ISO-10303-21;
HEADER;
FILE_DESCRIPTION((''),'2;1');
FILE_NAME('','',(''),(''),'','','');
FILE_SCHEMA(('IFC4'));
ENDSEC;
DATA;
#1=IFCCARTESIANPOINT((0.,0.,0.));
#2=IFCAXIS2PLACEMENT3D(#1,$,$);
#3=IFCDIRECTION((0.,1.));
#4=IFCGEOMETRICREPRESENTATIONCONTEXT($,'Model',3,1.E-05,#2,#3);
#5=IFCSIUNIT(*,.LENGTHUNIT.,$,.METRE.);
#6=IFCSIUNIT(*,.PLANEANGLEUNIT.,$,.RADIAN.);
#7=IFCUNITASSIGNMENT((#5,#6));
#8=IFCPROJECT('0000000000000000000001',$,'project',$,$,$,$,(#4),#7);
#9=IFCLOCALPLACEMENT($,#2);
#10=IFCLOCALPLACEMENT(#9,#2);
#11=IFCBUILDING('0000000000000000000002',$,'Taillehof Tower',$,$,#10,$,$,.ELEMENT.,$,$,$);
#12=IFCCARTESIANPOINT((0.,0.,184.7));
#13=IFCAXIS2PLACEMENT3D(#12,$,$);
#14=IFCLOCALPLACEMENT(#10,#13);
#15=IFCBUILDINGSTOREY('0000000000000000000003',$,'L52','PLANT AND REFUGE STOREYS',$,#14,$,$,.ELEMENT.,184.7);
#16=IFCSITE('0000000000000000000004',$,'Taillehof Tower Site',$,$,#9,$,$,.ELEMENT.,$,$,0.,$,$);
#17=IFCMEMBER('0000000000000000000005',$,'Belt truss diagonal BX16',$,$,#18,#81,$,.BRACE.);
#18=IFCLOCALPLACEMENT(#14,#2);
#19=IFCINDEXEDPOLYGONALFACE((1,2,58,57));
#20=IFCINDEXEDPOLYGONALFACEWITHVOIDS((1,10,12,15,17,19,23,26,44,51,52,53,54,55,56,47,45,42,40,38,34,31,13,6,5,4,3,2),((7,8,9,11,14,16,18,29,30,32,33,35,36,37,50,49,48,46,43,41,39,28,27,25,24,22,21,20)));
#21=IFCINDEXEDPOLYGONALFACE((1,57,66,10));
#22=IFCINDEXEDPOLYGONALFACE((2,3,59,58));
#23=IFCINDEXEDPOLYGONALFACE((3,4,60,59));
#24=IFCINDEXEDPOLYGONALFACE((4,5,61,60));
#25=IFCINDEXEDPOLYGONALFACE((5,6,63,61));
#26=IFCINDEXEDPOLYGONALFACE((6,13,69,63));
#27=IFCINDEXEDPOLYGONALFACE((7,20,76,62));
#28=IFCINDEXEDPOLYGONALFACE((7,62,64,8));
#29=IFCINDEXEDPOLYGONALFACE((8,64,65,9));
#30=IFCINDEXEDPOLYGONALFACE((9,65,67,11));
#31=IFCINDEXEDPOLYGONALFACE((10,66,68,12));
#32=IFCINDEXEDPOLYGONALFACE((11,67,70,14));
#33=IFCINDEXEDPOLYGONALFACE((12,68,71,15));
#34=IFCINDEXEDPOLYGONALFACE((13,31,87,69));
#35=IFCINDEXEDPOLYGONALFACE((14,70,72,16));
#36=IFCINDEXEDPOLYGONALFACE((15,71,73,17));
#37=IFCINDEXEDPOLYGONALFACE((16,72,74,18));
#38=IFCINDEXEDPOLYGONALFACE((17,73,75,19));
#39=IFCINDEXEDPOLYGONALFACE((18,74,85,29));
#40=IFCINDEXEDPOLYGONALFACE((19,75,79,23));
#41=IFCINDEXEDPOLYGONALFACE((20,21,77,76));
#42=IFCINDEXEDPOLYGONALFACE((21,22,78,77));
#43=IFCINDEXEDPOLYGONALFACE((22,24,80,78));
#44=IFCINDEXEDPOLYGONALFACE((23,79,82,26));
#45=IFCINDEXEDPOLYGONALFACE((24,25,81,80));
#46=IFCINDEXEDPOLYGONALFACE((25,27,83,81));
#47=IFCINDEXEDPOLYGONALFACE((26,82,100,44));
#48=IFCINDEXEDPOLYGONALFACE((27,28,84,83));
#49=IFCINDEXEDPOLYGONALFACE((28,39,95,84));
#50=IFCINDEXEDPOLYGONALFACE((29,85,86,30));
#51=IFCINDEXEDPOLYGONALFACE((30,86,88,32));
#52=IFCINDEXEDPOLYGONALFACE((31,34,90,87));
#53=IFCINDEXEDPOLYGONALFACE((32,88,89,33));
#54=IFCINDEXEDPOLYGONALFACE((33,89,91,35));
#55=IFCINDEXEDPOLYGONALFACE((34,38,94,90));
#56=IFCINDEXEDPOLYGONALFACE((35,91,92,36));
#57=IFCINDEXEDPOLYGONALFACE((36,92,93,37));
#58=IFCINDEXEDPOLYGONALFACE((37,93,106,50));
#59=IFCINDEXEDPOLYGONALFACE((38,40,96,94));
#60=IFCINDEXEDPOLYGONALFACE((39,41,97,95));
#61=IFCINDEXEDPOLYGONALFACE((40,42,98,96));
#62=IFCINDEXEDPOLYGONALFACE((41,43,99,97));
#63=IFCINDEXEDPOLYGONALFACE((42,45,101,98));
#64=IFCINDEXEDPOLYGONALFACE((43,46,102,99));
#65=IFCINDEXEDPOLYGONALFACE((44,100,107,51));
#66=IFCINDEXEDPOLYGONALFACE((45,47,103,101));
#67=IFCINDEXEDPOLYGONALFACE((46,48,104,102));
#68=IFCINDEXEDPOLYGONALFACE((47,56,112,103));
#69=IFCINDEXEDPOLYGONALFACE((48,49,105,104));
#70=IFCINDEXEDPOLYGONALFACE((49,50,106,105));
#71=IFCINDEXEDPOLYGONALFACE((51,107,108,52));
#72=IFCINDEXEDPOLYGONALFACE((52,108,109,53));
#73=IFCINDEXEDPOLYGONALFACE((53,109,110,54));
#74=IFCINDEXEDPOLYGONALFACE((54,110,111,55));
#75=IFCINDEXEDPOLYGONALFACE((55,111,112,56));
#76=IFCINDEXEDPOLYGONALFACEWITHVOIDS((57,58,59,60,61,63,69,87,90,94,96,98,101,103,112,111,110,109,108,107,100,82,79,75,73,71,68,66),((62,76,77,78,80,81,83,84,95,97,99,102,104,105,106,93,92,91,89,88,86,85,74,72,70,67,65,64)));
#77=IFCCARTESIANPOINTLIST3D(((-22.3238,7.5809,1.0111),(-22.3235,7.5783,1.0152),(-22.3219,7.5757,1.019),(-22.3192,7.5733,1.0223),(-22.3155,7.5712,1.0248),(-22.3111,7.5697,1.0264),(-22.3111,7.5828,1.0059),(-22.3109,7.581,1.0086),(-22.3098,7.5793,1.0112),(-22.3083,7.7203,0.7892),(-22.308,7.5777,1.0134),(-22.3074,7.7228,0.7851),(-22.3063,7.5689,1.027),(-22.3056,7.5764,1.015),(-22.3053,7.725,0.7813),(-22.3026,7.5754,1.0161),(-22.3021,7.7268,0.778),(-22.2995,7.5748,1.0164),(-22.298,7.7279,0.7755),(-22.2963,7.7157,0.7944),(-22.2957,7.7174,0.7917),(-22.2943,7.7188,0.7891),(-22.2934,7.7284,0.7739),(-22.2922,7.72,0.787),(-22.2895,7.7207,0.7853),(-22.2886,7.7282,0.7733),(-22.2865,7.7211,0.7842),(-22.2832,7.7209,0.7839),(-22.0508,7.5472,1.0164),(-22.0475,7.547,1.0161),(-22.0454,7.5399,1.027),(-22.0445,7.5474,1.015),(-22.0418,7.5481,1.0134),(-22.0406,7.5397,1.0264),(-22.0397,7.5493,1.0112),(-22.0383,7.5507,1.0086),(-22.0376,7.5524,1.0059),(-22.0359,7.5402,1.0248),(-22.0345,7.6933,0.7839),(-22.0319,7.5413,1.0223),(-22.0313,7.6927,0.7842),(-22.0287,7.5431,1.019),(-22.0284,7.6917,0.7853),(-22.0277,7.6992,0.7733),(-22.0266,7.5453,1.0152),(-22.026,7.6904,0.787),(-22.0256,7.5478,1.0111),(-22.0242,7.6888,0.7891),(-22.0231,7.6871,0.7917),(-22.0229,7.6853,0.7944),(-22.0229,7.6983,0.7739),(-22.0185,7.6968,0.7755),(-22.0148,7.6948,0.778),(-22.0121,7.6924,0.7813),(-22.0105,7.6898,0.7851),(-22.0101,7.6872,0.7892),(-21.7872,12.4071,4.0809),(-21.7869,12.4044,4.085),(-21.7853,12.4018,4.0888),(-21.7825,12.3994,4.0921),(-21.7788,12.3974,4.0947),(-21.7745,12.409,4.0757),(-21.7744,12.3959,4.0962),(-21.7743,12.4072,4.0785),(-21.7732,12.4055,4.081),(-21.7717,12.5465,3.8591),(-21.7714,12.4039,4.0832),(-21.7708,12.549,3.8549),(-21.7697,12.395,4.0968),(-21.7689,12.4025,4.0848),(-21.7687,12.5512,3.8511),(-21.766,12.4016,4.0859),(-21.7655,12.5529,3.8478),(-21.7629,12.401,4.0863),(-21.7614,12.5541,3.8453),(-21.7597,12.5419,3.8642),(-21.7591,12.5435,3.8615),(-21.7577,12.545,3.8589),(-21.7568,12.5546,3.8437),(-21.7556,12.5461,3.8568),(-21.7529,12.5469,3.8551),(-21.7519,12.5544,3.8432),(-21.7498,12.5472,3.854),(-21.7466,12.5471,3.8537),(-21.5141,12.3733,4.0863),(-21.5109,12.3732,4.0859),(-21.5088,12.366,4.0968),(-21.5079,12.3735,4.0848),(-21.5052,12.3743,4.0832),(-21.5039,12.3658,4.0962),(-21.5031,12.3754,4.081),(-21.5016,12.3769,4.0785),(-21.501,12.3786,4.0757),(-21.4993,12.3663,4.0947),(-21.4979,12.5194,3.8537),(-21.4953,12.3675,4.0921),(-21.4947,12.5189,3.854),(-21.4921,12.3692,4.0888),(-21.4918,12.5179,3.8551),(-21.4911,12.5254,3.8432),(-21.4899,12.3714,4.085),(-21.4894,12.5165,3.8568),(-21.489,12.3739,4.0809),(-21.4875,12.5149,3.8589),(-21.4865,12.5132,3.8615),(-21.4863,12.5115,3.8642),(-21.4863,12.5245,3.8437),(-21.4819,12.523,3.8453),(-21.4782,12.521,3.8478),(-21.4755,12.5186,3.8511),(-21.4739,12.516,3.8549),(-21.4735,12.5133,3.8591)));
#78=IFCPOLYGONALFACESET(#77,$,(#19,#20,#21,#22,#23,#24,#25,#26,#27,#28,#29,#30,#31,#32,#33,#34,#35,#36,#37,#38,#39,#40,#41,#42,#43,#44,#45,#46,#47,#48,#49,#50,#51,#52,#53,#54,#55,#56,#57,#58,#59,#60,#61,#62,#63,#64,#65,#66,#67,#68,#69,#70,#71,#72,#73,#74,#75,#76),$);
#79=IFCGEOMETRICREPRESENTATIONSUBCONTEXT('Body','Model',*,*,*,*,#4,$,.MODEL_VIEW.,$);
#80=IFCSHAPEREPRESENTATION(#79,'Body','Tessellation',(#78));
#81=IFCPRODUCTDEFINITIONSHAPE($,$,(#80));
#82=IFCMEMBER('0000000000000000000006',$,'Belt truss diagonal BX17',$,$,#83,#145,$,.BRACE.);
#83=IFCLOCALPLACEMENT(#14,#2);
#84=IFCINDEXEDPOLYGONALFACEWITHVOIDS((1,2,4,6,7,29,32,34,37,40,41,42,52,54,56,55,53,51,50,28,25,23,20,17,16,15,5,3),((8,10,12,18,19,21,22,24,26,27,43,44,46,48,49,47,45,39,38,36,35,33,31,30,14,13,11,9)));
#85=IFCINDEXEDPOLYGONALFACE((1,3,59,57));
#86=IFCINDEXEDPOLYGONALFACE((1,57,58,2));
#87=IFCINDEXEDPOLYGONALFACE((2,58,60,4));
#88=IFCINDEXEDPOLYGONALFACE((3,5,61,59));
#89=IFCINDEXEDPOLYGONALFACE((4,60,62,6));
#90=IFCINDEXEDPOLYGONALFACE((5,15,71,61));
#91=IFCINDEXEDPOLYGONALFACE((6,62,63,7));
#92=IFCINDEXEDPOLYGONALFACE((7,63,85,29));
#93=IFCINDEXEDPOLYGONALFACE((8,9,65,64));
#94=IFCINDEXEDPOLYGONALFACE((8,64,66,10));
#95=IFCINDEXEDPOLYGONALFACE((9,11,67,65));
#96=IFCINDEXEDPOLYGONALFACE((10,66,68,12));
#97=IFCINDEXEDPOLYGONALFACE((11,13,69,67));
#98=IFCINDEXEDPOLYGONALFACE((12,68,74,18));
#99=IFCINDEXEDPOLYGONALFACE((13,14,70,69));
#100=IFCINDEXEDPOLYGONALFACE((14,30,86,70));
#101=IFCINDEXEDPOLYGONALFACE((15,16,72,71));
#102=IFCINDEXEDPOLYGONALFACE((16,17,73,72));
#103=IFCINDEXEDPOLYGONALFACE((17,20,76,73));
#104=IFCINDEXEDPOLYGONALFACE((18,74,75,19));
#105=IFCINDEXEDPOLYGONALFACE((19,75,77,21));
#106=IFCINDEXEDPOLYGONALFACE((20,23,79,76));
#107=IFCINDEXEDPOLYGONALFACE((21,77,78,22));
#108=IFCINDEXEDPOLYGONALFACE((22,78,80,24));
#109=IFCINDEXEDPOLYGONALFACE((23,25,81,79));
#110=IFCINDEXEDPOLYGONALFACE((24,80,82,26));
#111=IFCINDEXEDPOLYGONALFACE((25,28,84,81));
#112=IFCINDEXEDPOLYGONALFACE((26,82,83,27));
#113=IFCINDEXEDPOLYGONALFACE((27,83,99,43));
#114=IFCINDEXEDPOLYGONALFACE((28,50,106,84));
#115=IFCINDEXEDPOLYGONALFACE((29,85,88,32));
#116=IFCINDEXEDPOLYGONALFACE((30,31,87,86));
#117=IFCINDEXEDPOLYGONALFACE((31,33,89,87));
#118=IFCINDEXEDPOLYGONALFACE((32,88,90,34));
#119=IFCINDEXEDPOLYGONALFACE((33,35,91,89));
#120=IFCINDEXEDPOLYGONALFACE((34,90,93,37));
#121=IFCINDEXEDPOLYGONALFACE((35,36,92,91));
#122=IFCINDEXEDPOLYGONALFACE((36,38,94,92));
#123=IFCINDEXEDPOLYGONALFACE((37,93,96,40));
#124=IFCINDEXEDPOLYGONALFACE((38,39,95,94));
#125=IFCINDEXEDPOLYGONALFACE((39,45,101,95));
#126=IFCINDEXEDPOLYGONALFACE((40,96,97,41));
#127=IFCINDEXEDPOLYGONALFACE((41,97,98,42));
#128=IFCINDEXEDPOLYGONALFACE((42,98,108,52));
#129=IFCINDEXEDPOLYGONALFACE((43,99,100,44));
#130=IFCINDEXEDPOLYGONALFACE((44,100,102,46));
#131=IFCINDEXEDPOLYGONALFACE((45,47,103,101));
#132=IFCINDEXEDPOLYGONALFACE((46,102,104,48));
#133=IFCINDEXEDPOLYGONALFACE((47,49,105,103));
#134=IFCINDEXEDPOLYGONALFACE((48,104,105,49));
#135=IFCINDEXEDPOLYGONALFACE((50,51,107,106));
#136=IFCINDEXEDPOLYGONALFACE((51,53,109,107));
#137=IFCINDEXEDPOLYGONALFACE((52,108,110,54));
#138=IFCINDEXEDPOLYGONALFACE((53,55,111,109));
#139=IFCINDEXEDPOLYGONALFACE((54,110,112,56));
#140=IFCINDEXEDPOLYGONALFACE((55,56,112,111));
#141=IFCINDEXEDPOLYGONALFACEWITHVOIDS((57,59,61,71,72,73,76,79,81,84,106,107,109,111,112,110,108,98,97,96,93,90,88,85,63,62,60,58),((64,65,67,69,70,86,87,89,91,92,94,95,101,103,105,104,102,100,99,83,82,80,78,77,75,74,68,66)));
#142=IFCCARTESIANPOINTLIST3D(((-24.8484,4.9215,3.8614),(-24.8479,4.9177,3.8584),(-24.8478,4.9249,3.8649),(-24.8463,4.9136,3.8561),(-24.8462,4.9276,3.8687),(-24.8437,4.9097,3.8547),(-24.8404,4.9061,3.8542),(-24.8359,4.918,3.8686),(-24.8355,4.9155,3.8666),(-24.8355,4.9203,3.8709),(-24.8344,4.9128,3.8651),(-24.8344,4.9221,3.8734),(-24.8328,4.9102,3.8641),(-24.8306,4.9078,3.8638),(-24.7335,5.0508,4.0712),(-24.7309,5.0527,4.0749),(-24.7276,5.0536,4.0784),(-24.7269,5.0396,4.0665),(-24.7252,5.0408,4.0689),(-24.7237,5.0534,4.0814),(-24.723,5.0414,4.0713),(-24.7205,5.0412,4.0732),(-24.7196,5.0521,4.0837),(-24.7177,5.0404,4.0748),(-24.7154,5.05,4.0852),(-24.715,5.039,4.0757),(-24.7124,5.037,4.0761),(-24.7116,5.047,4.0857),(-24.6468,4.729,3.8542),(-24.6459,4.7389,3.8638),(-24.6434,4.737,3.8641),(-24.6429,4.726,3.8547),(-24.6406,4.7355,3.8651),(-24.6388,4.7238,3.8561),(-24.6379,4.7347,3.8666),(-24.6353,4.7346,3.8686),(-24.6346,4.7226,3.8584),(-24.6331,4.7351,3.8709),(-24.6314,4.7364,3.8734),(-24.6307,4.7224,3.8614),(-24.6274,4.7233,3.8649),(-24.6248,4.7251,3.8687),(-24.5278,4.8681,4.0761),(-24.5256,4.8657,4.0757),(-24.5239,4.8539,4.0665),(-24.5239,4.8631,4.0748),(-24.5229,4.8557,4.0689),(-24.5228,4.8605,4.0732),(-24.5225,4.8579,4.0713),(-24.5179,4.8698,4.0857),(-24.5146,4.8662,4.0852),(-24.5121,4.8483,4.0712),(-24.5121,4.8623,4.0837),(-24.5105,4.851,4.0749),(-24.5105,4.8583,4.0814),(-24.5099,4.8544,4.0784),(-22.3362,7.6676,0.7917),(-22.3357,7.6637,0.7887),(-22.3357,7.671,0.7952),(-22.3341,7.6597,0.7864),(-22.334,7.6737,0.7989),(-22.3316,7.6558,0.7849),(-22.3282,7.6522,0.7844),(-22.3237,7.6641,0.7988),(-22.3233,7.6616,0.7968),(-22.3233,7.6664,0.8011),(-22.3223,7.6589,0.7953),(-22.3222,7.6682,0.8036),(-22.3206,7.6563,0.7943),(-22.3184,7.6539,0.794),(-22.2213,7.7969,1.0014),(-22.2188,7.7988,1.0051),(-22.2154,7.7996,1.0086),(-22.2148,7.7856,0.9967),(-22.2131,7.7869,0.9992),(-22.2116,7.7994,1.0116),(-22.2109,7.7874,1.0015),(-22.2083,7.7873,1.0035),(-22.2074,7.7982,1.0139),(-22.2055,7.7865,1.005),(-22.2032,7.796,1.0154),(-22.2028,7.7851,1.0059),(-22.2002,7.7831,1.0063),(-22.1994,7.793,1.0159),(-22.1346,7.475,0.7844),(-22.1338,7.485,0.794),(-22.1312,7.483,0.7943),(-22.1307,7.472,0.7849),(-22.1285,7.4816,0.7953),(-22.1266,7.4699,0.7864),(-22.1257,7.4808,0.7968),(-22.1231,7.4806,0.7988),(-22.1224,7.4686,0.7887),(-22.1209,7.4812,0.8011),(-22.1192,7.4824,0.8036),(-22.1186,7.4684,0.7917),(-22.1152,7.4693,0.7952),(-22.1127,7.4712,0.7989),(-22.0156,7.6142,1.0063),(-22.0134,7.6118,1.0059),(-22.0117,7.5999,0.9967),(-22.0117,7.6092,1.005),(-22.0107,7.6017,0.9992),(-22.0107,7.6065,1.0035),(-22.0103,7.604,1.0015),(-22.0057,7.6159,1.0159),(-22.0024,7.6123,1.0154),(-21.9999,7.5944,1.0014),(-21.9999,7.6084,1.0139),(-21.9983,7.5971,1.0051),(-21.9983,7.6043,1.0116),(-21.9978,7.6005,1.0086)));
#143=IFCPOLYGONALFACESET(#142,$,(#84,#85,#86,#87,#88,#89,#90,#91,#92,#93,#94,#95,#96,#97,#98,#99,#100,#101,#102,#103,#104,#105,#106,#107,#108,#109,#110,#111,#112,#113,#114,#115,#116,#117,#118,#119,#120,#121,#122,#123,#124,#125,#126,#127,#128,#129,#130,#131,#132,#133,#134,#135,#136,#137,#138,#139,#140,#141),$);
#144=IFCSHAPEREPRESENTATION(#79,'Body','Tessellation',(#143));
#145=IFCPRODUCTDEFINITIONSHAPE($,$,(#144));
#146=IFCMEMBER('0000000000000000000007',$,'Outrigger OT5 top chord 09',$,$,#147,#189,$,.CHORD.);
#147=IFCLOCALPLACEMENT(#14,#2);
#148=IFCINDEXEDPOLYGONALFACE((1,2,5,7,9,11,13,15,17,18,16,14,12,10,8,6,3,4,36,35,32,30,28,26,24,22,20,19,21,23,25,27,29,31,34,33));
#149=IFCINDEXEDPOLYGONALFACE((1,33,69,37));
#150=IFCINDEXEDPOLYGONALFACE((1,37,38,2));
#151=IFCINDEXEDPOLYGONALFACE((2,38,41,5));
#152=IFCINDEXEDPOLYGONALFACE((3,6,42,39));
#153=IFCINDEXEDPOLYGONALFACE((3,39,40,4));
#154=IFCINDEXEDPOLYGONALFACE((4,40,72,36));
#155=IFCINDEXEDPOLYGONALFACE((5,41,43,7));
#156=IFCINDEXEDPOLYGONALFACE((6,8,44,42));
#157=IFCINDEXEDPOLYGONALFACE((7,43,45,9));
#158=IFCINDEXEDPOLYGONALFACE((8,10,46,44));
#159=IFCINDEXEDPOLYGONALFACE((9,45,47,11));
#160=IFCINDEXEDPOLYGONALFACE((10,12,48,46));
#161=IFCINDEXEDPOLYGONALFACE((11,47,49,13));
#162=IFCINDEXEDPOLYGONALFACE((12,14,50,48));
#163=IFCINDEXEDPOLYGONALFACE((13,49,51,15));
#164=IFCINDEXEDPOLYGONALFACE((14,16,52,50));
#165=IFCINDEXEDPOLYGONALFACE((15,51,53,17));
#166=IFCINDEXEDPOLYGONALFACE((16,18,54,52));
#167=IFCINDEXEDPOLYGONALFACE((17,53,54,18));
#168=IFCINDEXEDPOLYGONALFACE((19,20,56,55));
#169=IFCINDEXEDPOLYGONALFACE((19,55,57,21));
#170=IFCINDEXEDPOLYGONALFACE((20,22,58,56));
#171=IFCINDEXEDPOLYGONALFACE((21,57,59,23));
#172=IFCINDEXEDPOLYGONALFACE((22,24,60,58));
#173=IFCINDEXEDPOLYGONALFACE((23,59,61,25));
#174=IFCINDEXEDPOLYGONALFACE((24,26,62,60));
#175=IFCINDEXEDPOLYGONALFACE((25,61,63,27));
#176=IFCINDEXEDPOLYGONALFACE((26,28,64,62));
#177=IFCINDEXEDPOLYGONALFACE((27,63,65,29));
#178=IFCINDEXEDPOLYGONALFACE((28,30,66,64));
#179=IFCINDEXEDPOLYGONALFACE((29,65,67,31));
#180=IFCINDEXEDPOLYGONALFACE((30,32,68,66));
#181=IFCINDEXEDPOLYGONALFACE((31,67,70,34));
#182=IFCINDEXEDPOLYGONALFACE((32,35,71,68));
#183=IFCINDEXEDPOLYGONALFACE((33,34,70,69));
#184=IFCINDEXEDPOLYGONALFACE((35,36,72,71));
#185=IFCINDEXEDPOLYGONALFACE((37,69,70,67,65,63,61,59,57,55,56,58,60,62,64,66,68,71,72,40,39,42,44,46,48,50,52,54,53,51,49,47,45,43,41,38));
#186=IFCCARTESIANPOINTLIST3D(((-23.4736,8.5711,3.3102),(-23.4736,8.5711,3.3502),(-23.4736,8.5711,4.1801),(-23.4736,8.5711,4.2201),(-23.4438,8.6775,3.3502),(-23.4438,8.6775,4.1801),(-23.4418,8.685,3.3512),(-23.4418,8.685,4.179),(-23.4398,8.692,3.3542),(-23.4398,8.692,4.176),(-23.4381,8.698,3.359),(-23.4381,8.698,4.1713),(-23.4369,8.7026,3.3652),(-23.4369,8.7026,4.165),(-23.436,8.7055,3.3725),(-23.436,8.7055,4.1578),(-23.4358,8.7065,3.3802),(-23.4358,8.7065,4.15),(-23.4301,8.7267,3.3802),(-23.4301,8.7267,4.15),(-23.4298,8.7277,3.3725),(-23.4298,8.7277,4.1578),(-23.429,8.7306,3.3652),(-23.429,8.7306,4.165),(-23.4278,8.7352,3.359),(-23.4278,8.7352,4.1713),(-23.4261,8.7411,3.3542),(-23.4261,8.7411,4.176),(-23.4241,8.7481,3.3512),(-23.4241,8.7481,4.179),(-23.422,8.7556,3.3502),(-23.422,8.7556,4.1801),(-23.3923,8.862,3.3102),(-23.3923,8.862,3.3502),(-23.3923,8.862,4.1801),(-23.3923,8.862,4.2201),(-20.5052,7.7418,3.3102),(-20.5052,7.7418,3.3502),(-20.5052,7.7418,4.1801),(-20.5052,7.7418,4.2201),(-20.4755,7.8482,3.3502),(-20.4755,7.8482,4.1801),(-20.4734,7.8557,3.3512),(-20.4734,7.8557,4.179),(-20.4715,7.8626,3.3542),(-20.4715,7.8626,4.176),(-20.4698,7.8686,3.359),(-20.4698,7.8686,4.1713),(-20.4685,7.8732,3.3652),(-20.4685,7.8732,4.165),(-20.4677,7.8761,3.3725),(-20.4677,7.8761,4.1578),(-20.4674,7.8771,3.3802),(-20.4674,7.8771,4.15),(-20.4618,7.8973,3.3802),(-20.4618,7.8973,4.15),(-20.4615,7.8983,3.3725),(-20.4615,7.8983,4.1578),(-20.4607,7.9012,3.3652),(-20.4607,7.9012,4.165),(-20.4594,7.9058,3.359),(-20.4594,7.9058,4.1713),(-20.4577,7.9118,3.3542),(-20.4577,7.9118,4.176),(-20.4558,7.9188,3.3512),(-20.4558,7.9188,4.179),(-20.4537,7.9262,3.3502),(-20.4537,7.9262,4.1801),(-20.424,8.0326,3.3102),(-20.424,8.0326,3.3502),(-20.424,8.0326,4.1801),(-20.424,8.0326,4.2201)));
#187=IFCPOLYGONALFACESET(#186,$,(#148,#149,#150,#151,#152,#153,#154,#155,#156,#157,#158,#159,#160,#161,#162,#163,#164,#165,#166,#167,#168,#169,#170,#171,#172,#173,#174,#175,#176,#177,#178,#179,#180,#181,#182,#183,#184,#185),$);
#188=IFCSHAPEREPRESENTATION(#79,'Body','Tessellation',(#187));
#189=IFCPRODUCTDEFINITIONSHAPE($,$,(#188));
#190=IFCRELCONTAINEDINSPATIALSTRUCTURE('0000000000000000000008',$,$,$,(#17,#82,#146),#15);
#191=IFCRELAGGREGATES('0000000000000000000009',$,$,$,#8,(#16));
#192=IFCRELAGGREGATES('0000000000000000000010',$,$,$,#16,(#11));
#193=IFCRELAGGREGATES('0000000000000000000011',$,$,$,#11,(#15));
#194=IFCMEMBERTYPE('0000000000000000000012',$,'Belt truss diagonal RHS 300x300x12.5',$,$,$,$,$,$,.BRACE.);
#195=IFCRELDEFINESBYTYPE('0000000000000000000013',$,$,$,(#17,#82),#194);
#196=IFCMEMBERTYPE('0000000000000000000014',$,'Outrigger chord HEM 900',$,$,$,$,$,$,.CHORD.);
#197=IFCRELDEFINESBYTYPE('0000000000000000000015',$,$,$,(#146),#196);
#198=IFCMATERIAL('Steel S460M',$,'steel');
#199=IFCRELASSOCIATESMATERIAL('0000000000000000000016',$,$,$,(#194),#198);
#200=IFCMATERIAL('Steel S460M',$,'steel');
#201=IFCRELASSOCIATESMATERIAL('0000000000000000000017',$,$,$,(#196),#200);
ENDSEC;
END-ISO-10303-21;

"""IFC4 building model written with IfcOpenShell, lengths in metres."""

from ifc_helpers import new_model, si_unit, direction, frame, origin, origin_2d, place, context, subcontext, project, spatial, hollow_rectangle, i_section, extrude, material, material_profile, profile_set, type_object, element, save


model = new_model("IFC4")

# Units and contexts
model_context = context("Model", 3, precision=1e-05, world=origin(), true_north=direction((0.0, 1.0)))
body_context = subcontext(model_context, "Body", "Model", "MODEL_VIEW")
ifc_project = project(units=[si_unit("LENGTHUNIT", "METRE"), si_unit("PLANEANGLEUNIT", "RADIAN")], contexts=[model_context])

# Site, building, storey
site_placement = place(None, origin())
site = spatial("IfcSite", under=ifc_project, at=site_placement, Name="Taillehof Tower Site", CompositionType="ELEMENT", RefElevation=0.0)
building_placement = place(site_placement, origin())
building = spatial("IfcBuilding", under=site, at=building_placement, Name="Taillehof Tower", CompositionType="ELEMENT")
storey_placement = place(building_placement, frame((0.0, 0.0, 184.7)))
storey = spatial("IfcBuildingStorey", under=building, at=storey_placement, Name="L52", Description="PLANT AND REFUGE STOREYS", CompositionType="ELEMENT", Elevation=184.7)

# Members
ifc_material_1 = material(Name="Steel S460M", Category="steel")
ifc_material_profile_1 = material_profile(ifc_material_1, hollow_rectangle(XDim=0.3, YDim=0.3, WallThickness=0.0125, InnerFilletRadius=0.0125, OuterFilletRadius=0.0188, at=origin_2d()), Name="RHS 300x300x12.5")
ifc_profile_set_1 = profile_set([ifc_material_profile_1], Name="Steel S460M")
member_type_1 = type_object("IfcMemberType", Name="Belt truss diagonal RHS 300x300x12.5", PredefinedType="BRACE", material=ifc_profile_set_1)
member_1_placement = place(storey_placement, frame((-21.6304, 12.4602, 3.97), z_axis=(-0.093408, -0.840081, -0.534358), x_axis=(0.993875, -0.110509, 0.0)))
element("IfcMember", 1, at=member_1_placement, inside=storey, type_object=member_type_1, Name="Belt truss diagonal BX16", PredefinedType="BRACE", context=body_context, shape_type="SweptSolid", body=[
    extrude(hollow_rectangle(XDim=0.3, YDim=0.3, WallThickness=0.0125, InnerFilletRadius=0.0125, OuterFilletRadius=0.0188, at=origin_2d()), origin(), (0.0, 0.0, 1.0), 5.7449),
])
member_2_placement = place(storey_placement, frame((-22.167, 7.634, 0.9001), z_axis=(-0.520716, -0.569195, 0.636296), x_axis=(0.737829, -0.674988, 0.0)))
element("IfcMember", 2, at=member_2_placement, inside=storey, type_object=member_type_1, Name="Belt truss diagonal BX17", PredefinedType="BRACE", context=body_context, shape_type="SweptSolid", body=[
    extrude(hollow_rectangle(XDim=0.3, YDim=0.3, WallThickness=0.0125, InnerFilletRadius=0.0125, OuterFilletRadius=0.0188, at=origin_2d()), origin(), (0.0, 0.0, 1.0), 4.8245),
])
ifc_material_2 = material(Name="Steel S460M", Category="steel")
ifc_material_profile_2 = material_profile(ifc_material_2, i_section(OverallWidth=0.302, OverallDepth=0.9099, WebThickness=0.021, FlangeThickness=0.04, FilletRadius=0.03, at=origin_2d()), Name="HEM 900")
ifc_profile_set_2 = profile_set([ifc_material_profile_2], Name="Steel S460M")
member_type_2 = type_object("IfcMemberType", Name="Outrigger chord HEM 900", PredefinedType="CHORD", material=ifc_profile_set_2)
member_3_placement = place(storey_placement, frame((-20.4646, 7.8872, 3.7651), z_axis=(-0.963113, 0.269098, 0.0), x_axis=(-0.269098, -0.963113, 0.0)))
element("IfcMember", 3, at=member_3_placement, inside=storey, type_object=member_type_2, Name="Outrigger OT5 top chord 09", PredefinedType="CHORD", context=body_context, shape_type="SweptSolid", body=[
    extrude(i_section(OverallWidth=0.302, OverallDepth=0.9099, WebThickness=0.021, FlangeThickness=0.04, FilletRadius=0.03, at=origin_2d()), origin(), (0.0, 0.0, 1.0), 3.082),
])

save(model, "model.ifc")
